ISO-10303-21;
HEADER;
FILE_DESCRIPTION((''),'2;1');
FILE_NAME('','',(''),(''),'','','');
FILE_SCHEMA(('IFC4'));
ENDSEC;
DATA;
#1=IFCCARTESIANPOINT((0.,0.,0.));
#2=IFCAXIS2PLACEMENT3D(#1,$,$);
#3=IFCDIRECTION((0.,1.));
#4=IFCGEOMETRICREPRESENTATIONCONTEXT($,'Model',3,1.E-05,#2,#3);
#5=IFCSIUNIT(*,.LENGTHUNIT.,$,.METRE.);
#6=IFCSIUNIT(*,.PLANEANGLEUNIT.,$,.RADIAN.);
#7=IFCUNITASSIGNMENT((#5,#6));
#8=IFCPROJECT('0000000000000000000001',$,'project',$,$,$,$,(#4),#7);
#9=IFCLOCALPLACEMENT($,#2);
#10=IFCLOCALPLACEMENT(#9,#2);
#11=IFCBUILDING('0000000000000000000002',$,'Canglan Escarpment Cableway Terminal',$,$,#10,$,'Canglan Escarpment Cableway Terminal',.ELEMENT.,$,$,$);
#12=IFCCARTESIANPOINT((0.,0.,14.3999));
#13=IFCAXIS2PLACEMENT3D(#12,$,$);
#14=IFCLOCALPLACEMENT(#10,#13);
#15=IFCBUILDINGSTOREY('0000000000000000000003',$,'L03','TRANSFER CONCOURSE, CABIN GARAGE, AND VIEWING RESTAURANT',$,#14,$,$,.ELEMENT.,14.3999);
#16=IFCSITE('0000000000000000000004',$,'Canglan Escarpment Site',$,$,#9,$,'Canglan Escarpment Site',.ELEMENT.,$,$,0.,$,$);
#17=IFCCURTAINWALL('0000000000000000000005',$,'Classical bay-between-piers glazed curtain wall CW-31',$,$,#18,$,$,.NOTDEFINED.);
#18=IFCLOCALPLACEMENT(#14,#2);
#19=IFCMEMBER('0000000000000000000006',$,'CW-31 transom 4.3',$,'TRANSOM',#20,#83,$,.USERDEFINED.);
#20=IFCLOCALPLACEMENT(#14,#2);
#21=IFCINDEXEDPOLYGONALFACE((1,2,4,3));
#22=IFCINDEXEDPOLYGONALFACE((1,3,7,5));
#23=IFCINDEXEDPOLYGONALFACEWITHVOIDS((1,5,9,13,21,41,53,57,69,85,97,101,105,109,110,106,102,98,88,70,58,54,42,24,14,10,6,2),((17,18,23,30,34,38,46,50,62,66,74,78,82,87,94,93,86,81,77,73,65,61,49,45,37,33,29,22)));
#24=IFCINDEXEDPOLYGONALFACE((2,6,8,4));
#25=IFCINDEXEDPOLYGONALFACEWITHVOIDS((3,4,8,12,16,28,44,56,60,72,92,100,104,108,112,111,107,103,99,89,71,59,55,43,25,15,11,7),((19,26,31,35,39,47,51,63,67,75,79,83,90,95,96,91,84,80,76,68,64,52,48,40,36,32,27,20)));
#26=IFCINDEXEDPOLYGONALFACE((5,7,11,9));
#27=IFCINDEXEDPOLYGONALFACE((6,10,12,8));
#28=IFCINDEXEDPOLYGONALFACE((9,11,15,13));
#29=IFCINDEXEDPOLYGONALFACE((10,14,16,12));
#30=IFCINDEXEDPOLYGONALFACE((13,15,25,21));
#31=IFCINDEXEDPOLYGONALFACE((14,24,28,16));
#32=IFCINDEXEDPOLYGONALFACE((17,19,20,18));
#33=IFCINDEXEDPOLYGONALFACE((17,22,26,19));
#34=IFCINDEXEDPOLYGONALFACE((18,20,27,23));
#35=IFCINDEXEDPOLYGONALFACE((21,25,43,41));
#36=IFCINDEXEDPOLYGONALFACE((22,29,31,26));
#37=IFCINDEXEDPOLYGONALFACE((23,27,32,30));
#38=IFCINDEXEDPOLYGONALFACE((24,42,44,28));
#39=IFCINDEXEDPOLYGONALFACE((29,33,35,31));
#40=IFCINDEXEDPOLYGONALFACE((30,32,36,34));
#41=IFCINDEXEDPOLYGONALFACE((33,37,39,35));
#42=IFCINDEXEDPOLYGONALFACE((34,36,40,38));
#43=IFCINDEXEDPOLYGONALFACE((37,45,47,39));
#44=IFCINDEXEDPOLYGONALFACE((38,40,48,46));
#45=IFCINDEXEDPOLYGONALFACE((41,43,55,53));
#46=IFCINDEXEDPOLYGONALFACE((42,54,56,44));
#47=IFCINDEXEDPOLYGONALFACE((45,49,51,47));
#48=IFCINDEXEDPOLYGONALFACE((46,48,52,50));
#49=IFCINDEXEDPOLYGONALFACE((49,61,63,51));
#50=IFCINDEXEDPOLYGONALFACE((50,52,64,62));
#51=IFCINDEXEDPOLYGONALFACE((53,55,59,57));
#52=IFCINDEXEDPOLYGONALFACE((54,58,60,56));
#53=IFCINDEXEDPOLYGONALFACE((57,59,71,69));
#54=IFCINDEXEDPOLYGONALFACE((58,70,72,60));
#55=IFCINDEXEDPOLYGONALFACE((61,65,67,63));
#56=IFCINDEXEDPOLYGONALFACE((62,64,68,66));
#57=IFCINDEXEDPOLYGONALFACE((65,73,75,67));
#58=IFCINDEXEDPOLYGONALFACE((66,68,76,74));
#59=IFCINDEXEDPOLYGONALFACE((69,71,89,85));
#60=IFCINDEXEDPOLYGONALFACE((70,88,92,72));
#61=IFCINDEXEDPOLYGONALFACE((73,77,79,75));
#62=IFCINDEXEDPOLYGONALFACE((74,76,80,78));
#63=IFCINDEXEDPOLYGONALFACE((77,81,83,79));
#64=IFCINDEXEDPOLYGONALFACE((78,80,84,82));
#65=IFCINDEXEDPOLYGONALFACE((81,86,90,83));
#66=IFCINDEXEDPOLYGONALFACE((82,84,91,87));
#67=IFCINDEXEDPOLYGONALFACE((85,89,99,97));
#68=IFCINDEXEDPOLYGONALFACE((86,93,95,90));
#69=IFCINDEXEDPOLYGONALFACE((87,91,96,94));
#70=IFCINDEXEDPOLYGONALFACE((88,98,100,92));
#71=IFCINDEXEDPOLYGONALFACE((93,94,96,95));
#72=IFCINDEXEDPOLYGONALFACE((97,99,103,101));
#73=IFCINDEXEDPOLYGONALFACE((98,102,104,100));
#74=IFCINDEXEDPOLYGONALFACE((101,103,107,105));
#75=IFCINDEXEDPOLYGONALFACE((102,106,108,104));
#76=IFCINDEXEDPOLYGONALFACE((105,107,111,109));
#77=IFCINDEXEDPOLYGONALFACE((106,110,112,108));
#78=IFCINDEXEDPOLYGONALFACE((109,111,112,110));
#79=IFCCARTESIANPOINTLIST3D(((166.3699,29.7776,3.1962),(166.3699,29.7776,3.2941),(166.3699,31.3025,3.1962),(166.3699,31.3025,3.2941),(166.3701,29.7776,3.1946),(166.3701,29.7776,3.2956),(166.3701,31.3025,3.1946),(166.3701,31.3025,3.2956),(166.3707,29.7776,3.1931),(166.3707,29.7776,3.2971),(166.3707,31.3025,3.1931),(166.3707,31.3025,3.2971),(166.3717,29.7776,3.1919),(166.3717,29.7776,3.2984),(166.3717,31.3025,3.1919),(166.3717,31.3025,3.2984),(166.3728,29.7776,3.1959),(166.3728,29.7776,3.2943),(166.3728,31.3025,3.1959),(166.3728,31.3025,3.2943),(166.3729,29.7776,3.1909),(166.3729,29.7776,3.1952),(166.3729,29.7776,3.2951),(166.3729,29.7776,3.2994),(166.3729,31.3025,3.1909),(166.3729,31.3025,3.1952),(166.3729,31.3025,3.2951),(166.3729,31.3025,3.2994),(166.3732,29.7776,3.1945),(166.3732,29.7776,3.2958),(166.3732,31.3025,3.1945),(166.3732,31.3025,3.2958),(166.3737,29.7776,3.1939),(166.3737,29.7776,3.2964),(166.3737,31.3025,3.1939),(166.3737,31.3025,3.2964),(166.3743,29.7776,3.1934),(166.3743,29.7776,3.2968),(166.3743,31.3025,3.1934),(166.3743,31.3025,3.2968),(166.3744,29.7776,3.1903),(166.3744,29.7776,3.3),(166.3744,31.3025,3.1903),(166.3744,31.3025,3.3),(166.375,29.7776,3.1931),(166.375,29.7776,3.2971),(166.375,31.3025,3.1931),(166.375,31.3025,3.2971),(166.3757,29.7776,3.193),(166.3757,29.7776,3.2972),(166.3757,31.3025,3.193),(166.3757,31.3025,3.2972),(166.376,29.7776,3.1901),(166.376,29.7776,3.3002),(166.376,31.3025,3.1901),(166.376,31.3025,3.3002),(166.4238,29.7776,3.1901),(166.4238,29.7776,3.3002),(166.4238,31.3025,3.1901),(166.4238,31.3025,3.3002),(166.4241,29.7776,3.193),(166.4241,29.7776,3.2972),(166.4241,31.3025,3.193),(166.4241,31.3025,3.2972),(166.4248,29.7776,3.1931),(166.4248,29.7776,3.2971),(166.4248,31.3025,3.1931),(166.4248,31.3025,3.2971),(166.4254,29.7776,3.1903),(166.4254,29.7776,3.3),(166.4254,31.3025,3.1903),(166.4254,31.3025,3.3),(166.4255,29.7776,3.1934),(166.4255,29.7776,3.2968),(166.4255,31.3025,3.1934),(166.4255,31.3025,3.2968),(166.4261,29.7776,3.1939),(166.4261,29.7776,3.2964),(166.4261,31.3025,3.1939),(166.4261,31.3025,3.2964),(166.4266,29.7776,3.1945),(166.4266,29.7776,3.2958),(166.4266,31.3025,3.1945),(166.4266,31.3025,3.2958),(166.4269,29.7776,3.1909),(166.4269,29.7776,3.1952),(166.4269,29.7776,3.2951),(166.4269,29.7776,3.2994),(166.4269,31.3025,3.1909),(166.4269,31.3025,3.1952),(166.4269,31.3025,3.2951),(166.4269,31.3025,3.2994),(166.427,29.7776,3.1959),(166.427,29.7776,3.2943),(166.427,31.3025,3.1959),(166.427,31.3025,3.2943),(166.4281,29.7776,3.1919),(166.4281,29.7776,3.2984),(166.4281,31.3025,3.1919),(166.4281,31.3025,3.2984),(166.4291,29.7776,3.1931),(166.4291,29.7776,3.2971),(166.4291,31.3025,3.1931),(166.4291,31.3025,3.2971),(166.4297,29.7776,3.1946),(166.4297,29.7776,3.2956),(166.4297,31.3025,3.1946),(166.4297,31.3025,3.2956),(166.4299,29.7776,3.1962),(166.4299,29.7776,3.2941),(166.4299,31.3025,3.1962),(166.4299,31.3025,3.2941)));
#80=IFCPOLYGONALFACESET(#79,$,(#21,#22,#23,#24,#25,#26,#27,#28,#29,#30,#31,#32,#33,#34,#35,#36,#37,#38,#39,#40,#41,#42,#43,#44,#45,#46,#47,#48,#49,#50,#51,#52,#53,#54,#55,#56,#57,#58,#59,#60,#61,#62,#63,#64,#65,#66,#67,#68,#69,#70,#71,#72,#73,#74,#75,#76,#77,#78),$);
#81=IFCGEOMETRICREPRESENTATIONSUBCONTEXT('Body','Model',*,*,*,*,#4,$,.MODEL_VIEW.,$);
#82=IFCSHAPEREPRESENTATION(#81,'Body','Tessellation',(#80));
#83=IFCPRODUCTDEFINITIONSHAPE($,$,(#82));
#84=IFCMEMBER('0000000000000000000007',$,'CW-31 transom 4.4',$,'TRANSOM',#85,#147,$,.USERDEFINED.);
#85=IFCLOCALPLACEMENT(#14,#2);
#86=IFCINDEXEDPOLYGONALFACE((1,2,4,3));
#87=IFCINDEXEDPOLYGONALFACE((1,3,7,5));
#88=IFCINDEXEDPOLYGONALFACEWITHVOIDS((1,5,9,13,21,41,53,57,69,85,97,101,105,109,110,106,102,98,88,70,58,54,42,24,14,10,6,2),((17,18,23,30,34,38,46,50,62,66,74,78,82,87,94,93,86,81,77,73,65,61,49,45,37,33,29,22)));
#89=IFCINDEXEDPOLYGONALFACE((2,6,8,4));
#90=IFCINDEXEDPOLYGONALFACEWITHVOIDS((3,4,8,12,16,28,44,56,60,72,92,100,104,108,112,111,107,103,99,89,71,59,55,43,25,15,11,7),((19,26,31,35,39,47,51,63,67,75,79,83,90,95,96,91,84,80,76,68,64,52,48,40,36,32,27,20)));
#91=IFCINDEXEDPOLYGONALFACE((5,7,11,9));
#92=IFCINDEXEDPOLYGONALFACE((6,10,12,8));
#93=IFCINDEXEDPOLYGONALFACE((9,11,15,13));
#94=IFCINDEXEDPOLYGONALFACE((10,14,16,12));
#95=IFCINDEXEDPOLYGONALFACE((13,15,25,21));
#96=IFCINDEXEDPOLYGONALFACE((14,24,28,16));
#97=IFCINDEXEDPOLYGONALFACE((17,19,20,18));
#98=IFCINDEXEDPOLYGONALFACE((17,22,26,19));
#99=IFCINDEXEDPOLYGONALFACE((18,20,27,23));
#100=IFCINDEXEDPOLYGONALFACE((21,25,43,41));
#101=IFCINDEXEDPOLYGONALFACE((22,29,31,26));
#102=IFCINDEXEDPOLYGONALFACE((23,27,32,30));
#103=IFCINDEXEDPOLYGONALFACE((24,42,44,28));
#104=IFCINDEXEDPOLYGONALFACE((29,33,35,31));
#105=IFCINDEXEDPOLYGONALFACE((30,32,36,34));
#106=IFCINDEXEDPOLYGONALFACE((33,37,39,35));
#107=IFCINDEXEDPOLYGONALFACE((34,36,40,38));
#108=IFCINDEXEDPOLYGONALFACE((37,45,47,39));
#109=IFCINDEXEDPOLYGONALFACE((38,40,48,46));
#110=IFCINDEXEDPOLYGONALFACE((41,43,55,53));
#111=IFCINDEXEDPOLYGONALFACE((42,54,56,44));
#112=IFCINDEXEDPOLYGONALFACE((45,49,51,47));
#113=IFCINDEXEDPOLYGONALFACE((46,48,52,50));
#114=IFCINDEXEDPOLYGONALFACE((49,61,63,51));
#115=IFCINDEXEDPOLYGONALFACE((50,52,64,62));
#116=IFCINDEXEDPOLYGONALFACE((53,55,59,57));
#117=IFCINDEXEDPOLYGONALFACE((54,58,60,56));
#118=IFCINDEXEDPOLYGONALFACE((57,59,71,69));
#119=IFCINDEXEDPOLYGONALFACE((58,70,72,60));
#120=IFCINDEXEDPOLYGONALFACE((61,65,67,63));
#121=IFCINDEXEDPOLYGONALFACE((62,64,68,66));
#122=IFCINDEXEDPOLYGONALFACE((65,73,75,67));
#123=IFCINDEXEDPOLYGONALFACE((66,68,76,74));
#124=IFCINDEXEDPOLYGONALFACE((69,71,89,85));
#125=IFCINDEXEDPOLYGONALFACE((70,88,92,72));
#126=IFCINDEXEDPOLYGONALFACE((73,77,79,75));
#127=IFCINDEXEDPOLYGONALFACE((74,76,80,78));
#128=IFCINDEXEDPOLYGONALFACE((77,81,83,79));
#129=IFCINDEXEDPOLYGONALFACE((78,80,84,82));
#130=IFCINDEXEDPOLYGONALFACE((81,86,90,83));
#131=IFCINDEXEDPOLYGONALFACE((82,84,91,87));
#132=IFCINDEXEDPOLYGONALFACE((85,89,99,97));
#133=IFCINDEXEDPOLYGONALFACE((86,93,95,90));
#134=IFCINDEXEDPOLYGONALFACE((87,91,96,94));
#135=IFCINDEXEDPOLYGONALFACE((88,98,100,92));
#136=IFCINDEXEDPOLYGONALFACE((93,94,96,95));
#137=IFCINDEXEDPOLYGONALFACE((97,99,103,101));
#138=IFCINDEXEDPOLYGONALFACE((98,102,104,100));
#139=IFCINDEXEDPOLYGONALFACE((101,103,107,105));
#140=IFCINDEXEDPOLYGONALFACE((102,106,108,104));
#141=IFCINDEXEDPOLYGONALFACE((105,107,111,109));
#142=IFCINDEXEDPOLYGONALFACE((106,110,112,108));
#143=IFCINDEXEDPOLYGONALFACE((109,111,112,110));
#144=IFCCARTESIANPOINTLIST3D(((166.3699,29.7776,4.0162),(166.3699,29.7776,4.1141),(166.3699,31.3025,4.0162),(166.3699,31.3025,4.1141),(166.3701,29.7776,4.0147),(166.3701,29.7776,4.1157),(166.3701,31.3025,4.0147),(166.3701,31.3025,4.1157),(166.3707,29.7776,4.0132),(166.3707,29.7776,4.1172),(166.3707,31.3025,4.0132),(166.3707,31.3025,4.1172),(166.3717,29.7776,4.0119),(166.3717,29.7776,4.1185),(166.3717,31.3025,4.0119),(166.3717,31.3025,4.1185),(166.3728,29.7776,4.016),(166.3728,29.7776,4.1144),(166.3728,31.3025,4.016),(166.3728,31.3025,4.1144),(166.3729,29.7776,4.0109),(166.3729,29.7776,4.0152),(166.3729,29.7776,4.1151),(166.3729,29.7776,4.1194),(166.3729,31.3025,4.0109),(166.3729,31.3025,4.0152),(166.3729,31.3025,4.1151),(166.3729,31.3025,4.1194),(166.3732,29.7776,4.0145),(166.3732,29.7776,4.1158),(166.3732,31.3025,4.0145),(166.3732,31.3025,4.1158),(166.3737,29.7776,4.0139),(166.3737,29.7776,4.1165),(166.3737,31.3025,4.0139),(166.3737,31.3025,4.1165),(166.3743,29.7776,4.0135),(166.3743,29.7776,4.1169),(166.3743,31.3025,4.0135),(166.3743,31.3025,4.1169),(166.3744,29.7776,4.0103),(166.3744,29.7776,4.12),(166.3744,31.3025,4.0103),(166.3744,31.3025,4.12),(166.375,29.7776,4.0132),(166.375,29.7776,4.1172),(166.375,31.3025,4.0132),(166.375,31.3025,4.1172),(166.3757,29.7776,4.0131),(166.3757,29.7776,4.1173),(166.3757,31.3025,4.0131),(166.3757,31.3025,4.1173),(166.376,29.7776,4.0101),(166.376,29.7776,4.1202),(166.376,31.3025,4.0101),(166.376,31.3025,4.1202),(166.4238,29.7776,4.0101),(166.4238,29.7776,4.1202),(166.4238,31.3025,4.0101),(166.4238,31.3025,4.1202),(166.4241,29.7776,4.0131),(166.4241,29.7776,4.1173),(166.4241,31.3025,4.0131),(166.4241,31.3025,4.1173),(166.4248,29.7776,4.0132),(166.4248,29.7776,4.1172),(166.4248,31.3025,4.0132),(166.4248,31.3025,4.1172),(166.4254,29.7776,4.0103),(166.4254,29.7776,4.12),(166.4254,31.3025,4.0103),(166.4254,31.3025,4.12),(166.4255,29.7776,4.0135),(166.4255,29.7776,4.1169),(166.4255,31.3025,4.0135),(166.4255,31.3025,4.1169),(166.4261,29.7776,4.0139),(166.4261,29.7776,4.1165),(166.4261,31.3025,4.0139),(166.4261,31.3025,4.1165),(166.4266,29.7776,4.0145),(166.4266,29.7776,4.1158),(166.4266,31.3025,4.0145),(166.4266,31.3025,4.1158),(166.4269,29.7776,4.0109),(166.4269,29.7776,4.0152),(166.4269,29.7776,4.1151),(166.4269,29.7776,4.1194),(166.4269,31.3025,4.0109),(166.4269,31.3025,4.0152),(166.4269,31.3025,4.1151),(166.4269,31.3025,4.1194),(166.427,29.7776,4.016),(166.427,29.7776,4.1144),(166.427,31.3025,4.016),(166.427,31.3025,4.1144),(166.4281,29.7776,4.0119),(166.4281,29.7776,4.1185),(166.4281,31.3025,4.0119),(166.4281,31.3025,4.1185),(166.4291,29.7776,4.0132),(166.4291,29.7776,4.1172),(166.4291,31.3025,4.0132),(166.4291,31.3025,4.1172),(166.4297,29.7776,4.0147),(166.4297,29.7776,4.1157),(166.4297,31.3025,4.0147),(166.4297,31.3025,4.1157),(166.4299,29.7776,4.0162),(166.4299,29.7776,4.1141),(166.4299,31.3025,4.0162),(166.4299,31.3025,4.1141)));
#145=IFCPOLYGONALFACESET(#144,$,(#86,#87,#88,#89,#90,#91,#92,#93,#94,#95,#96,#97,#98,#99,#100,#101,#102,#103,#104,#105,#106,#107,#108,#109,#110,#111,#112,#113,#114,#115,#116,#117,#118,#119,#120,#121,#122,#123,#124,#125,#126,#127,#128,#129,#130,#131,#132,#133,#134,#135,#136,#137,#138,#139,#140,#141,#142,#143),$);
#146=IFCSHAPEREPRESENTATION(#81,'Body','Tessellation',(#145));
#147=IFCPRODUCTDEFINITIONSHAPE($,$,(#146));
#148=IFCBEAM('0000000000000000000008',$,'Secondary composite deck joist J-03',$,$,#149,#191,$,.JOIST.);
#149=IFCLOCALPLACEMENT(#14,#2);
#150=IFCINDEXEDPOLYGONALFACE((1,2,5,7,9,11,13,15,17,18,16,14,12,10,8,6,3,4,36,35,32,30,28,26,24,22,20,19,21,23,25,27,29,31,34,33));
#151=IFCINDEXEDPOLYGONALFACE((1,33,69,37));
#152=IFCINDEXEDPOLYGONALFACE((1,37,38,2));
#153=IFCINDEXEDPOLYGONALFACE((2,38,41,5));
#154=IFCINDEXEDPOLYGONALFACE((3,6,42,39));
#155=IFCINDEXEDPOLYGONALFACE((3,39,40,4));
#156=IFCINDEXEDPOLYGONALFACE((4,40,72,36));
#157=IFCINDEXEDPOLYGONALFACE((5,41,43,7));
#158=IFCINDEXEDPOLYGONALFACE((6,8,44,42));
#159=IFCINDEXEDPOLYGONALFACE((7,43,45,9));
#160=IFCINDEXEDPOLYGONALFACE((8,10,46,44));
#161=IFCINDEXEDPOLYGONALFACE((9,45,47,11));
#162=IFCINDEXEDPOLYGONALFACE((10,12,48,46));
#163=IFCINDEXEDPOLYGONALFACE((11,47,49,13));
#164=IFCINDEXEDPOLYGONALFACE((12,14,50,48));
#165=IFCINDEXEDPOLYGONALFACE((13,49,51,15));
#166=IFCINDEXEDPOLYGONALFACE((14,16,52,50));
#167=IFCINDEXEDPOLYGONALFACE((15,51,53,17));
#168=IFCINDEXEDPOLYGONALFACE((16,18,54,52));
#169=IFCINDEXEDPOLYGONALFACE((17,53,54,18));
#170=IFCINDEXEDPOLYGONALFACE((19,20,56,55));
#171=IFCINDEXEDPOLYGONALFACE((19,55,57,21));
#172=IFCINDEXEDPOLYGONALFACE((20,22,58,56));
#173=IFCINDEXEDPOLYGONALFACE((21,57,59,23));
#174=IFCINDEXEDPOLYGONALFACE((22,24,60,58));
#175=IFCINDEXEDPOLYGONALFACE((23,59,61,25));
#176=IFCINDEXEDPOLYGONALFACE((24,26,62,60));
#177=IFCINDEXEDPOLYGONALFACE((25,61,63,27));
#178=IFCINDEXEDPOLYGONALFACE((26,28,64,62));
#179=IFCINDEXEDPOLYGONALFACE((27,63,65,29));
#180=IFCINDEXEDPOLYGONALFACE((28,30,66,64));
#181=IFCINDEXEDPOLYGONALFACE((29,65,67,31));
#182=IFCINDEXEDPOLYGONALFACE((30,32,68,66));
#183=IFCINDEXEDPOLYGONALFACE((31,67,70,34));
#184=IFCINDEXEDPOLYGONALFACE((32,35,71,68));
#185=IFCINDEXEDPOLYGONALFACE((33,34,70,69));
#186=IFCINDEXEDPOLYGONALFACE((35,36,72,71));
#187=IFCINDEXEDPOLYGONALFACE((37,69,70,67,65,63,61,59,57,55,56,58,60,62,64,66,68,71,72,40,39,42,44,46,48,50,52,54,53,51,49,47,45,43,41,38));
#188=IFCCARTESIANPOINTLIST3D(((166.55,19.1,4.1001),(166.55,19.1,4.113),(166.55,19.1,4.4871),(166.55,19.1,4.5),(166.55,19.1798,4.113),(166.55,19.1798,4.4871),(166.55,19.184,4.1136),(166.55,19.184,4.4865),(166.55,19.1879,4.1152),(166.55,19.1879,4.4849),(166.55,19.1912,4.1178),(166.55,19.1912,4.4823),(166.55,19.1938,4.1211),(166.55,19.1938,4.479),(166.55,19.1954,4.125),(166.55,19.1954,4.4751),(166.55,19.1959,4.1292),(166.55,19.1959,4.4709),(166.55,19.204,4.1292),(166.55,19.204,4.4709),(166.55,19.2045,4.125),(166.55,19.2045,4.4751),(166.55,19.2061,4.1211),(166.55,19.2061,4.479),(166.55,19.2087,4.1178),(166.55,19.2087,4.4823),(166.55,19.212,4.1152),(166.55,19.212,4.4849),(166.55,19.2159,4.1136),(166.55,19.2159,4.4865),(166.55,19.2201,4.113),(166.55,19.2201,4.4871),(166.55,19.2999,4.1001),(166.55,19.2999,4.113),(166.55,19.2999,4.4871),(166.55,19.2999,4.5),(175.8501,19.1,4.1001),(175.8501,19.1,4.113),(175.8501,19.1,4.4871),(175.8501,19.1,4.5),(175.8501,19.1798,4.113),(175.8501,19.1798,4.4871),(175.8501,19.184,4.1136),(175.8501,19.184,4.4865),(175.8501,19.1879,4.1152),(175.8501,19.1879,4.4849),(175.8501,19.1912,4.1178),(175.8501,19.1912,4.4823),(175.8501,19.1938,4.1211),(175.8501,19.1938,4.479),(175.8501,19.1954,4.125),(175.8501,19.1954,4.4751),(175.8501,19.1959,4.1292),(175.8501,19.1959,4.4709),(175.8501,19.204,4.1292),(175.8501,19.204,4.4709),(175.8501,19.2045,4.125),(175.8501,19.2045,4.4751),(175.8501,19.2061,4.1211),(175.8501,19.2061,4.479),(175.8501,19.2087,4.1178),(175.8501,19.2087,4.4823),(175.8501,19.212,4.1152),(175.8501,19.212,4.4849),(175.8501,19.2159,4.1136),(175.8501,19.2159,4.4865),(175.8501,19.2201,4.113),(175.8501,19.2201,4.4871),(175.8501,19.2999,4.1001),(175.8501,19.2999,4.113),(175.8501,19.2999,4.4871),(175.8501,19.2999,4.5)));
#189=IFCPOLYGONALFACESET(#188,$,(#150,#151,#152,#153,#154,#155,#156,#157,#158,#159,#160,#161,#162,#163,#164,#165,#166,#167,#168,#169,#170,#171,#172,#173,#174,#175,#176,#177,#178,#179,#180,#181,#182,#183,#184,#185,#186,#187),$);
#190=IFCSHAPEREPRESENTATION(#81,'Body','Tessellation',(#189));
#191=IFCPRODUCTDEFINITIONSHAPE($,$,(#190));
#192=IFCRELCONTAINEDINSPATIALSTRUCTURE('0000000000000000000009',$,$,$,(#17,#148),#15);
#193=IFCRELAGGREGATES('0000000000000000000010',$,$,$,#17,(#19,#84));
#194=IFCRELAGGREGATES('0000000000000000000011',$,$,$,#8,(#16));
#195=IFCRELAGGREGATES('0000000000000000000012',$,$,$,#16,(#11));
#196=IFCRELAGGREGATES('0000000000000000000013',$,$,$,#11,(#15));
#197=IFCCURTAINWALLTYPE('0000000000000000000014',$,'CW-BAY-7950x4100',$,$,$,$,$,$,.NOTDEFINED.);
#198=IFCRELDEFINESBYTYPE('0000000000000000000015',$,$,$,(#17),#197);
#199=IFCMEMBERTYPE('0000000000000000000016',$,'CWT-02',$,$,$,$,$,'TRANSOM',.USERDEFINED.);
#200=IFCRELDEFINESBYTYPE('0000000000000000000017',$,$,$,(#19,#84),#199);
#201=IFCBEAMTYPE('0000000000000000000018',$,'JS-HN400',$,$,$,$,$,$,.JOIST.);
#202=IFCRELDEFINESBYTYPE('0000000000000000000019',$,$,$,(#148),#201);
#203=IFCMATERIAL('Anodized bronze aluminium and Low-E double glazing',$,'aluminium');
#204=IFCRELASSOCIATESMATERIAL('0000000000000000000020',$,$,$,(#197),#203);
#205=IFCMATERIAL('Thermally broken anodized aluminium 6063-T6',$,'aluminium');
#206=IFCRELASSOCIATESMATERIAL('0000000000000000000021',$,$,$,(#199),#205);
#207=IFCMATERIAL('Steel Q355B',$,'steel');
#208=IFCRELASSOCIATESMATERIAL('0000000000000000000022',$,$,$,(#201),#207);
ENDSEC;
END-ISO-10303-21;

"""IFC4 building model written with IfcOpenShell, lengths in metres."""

from ifc_helpers import new_model, si_unit, direction, frame, origin, origin_2d, place, context, subcontext, project, spatial, hollow_rectangle, i_section, extrude, material, material_profile, profile_set, type_object, element, aggregate, save


model = new_model("IFC4")

# Units and contexts
model_context = context("Model", 3, precision=1e-05, world=origin(), true_north=direction((0.0, 1.0)))
body_context = subcontext(model_context, "Body", "Model", "MODEL_VIEW")
ifc_project = project(units=[si_unit("LENGTHUNIT", "METRE"), si_unit("PLANEANGLEUNIT", "RADIAN")], contexts=[model_context])

# Site, building, storey
site_placement = place(None, origin())
site = spatial("IfcSite", under=ifc_project, at=site_placement, Name="Canglan Escarpment Site", LongName="Canglan Escarpment Site", CompositionType="ELEMENT", RefElevation=0.0)
building_placement = place(site_placement, origin())
building = spatial("IfcBuilding", under=site, at=building_placement, Name="Canglan Escarpment Cableway Terminal", LongName="Canglan Escarpment Cableway Terminal", CompositionType="ELEMENT")
storey_placement = place(building_placement, frame((0.0, 0.0, 14.3999)))
storey = spatial("IfcBuildingStorey", under=building, at=storey_placement, Name="L03", Description="TRANSFER CONCOURSE, CABIN GARAGE, AND VIEWING RESTAURANT", CompositionType="ELEMENT", Elevation=14.3999)

# Shared definitions
ifc_material_1 = material(Name="Steel Q355B", Category="steel")

# Curtain wall, members
ifc_material_2 = material(Name="Anodized bronze aluminium and Low-E double glazing", Category="aluminium")
curtain_wall_type = type_object("IfcCurtainWallType", Name="CW-BAY-7950x4100", PredefinedType="NOTDEFINED", material=ifc_material_2)
curtain_wall_placement = place(storey_placement, origin())
curtain_wall = element("IfcCurtainWall", 1, at=curtain_wall_placement, inside=storey, type_object=curtain_wall_type, Name="Classical bay-between-piers glazed curtain wall CW-31", PredefinedType="NOTDEFINED")
ifc_material_3 = material(Name="Thermally broken anodized aluminium 6063-T6", Category="aluminium")
ifc_material_profile_1 = material_profile(ifc_material_3, hollow_rectangle(XDim=0.0601, YDim=0.1101, WallThickness=0.0029, InnerFilletRadius=0.0029, OuterFilletRadius=0.0061, at=origin_2d()), Name="ALU-TRAN 60x110x3")
ifc_profile_set_1 = profile_set([ifc_material_profile_1], Name="Thermally broken anodized aluminium 6063-T6")
member_type_1 = type_object("IfcMemberType", Name="CWT-02", ElementType="TRANSOM", PredefinedType="USERDEFINED", material=ifc_profile_set_1)
member_1_placement = place(storey_placement, frame((166.3999, 29.7776, 3.2451), z_axis=(0.0, 1.0, 0.0), x_axis=(-1.0, 0.0, 0.0)))
member_1 = element("IfcMember", 2, at=member_1_placement, type_object=member_type_1, Name="CW-31 transom 4.3", ObjectType="TRANSOM", PredefinedType="USERDEFINED", context=body_context, shape_type="SweptSolid", body=[
    extrude(hollow_rectangle(XDim=0.0601, YDim=0.1101, WallThickness=0.0029, InnerFilletRadius=0.0029, OuterFilletRadius=0.0061, at=origin_2d()), origin(), (0.0, 0.0, 1.0), 1.5249),
])
member_2_placement = place(storey_placement, frame((166.3999, 29.7776, 4.0652), z_axis=(0.0, 1.0, 0.0), x_axis=(-1.0, 0.0, 0.0)))
member_2 = element("IfcMember", 3, at=member_2_placement, type_object=member_type_1, Name="CW-31 transom 4.4", ObjectType="TRANSOM", PredefinedType="USERDEFINED", context=body_context, shape_type="SweptSolid", body=[
    extrude(hollow_rectangle(XDim=0.0601, YDim=0.1101, WallThickness=0.0029, InnerFilletRadius=0.0029, OuterFilletRadius=0.0061, at=origin_2d()), origin(), (0.0, 0.0, 1.0), 1.5249),
])

# Beam
ifc_material_profile_2 = material_profile(ifc_material_1, i_section(OverallWidth=0.2, OverallDepth=0.3999, WebThickness=0.0081, FlangeThickness=0.0129, FilletRadius=0.0161, at=origin_2d()), Name="HN 400x200x8x13")
ifc_profile_set_2 = profile_set([ifc_material_profile_2], Name="Steel Q355B")
beam_type_1 = type_object("IfcBeamType", Name="JS-HN400", PredefinedType="JOIST", material=ifc_profile_set_2)
for number, where, z_axis, x_axis, name in (
    (4, (166.55, 19.2, 4.3), (1.0, 0.0, 0.0), (0.0, 1.0, 0.0), "Secondary composite deck joist J-03"),
):
    element("IfcBeam", number, at=place(storey_placement, frame(where, z_axis=z_axis, x_axis=x_axis)), inside=storey, type_object=beam_type_1, Name=name, PredefinedType="JOIST", context=body_context, shape_type="SweptSolid", body=[
        extrude(i_section(OverallWidth=0.2, OverallDepth=0.3999, WebThickness=0.0081, FlangeThickness=0.0129, FilletRadius=0.0161, at=origin_2d()), origin(), (0.0, 0.0, 1.0), 9.3),
    ])

aggregate(curtain_wall, [member_1, member_2])

save(model, "model.ifc")
